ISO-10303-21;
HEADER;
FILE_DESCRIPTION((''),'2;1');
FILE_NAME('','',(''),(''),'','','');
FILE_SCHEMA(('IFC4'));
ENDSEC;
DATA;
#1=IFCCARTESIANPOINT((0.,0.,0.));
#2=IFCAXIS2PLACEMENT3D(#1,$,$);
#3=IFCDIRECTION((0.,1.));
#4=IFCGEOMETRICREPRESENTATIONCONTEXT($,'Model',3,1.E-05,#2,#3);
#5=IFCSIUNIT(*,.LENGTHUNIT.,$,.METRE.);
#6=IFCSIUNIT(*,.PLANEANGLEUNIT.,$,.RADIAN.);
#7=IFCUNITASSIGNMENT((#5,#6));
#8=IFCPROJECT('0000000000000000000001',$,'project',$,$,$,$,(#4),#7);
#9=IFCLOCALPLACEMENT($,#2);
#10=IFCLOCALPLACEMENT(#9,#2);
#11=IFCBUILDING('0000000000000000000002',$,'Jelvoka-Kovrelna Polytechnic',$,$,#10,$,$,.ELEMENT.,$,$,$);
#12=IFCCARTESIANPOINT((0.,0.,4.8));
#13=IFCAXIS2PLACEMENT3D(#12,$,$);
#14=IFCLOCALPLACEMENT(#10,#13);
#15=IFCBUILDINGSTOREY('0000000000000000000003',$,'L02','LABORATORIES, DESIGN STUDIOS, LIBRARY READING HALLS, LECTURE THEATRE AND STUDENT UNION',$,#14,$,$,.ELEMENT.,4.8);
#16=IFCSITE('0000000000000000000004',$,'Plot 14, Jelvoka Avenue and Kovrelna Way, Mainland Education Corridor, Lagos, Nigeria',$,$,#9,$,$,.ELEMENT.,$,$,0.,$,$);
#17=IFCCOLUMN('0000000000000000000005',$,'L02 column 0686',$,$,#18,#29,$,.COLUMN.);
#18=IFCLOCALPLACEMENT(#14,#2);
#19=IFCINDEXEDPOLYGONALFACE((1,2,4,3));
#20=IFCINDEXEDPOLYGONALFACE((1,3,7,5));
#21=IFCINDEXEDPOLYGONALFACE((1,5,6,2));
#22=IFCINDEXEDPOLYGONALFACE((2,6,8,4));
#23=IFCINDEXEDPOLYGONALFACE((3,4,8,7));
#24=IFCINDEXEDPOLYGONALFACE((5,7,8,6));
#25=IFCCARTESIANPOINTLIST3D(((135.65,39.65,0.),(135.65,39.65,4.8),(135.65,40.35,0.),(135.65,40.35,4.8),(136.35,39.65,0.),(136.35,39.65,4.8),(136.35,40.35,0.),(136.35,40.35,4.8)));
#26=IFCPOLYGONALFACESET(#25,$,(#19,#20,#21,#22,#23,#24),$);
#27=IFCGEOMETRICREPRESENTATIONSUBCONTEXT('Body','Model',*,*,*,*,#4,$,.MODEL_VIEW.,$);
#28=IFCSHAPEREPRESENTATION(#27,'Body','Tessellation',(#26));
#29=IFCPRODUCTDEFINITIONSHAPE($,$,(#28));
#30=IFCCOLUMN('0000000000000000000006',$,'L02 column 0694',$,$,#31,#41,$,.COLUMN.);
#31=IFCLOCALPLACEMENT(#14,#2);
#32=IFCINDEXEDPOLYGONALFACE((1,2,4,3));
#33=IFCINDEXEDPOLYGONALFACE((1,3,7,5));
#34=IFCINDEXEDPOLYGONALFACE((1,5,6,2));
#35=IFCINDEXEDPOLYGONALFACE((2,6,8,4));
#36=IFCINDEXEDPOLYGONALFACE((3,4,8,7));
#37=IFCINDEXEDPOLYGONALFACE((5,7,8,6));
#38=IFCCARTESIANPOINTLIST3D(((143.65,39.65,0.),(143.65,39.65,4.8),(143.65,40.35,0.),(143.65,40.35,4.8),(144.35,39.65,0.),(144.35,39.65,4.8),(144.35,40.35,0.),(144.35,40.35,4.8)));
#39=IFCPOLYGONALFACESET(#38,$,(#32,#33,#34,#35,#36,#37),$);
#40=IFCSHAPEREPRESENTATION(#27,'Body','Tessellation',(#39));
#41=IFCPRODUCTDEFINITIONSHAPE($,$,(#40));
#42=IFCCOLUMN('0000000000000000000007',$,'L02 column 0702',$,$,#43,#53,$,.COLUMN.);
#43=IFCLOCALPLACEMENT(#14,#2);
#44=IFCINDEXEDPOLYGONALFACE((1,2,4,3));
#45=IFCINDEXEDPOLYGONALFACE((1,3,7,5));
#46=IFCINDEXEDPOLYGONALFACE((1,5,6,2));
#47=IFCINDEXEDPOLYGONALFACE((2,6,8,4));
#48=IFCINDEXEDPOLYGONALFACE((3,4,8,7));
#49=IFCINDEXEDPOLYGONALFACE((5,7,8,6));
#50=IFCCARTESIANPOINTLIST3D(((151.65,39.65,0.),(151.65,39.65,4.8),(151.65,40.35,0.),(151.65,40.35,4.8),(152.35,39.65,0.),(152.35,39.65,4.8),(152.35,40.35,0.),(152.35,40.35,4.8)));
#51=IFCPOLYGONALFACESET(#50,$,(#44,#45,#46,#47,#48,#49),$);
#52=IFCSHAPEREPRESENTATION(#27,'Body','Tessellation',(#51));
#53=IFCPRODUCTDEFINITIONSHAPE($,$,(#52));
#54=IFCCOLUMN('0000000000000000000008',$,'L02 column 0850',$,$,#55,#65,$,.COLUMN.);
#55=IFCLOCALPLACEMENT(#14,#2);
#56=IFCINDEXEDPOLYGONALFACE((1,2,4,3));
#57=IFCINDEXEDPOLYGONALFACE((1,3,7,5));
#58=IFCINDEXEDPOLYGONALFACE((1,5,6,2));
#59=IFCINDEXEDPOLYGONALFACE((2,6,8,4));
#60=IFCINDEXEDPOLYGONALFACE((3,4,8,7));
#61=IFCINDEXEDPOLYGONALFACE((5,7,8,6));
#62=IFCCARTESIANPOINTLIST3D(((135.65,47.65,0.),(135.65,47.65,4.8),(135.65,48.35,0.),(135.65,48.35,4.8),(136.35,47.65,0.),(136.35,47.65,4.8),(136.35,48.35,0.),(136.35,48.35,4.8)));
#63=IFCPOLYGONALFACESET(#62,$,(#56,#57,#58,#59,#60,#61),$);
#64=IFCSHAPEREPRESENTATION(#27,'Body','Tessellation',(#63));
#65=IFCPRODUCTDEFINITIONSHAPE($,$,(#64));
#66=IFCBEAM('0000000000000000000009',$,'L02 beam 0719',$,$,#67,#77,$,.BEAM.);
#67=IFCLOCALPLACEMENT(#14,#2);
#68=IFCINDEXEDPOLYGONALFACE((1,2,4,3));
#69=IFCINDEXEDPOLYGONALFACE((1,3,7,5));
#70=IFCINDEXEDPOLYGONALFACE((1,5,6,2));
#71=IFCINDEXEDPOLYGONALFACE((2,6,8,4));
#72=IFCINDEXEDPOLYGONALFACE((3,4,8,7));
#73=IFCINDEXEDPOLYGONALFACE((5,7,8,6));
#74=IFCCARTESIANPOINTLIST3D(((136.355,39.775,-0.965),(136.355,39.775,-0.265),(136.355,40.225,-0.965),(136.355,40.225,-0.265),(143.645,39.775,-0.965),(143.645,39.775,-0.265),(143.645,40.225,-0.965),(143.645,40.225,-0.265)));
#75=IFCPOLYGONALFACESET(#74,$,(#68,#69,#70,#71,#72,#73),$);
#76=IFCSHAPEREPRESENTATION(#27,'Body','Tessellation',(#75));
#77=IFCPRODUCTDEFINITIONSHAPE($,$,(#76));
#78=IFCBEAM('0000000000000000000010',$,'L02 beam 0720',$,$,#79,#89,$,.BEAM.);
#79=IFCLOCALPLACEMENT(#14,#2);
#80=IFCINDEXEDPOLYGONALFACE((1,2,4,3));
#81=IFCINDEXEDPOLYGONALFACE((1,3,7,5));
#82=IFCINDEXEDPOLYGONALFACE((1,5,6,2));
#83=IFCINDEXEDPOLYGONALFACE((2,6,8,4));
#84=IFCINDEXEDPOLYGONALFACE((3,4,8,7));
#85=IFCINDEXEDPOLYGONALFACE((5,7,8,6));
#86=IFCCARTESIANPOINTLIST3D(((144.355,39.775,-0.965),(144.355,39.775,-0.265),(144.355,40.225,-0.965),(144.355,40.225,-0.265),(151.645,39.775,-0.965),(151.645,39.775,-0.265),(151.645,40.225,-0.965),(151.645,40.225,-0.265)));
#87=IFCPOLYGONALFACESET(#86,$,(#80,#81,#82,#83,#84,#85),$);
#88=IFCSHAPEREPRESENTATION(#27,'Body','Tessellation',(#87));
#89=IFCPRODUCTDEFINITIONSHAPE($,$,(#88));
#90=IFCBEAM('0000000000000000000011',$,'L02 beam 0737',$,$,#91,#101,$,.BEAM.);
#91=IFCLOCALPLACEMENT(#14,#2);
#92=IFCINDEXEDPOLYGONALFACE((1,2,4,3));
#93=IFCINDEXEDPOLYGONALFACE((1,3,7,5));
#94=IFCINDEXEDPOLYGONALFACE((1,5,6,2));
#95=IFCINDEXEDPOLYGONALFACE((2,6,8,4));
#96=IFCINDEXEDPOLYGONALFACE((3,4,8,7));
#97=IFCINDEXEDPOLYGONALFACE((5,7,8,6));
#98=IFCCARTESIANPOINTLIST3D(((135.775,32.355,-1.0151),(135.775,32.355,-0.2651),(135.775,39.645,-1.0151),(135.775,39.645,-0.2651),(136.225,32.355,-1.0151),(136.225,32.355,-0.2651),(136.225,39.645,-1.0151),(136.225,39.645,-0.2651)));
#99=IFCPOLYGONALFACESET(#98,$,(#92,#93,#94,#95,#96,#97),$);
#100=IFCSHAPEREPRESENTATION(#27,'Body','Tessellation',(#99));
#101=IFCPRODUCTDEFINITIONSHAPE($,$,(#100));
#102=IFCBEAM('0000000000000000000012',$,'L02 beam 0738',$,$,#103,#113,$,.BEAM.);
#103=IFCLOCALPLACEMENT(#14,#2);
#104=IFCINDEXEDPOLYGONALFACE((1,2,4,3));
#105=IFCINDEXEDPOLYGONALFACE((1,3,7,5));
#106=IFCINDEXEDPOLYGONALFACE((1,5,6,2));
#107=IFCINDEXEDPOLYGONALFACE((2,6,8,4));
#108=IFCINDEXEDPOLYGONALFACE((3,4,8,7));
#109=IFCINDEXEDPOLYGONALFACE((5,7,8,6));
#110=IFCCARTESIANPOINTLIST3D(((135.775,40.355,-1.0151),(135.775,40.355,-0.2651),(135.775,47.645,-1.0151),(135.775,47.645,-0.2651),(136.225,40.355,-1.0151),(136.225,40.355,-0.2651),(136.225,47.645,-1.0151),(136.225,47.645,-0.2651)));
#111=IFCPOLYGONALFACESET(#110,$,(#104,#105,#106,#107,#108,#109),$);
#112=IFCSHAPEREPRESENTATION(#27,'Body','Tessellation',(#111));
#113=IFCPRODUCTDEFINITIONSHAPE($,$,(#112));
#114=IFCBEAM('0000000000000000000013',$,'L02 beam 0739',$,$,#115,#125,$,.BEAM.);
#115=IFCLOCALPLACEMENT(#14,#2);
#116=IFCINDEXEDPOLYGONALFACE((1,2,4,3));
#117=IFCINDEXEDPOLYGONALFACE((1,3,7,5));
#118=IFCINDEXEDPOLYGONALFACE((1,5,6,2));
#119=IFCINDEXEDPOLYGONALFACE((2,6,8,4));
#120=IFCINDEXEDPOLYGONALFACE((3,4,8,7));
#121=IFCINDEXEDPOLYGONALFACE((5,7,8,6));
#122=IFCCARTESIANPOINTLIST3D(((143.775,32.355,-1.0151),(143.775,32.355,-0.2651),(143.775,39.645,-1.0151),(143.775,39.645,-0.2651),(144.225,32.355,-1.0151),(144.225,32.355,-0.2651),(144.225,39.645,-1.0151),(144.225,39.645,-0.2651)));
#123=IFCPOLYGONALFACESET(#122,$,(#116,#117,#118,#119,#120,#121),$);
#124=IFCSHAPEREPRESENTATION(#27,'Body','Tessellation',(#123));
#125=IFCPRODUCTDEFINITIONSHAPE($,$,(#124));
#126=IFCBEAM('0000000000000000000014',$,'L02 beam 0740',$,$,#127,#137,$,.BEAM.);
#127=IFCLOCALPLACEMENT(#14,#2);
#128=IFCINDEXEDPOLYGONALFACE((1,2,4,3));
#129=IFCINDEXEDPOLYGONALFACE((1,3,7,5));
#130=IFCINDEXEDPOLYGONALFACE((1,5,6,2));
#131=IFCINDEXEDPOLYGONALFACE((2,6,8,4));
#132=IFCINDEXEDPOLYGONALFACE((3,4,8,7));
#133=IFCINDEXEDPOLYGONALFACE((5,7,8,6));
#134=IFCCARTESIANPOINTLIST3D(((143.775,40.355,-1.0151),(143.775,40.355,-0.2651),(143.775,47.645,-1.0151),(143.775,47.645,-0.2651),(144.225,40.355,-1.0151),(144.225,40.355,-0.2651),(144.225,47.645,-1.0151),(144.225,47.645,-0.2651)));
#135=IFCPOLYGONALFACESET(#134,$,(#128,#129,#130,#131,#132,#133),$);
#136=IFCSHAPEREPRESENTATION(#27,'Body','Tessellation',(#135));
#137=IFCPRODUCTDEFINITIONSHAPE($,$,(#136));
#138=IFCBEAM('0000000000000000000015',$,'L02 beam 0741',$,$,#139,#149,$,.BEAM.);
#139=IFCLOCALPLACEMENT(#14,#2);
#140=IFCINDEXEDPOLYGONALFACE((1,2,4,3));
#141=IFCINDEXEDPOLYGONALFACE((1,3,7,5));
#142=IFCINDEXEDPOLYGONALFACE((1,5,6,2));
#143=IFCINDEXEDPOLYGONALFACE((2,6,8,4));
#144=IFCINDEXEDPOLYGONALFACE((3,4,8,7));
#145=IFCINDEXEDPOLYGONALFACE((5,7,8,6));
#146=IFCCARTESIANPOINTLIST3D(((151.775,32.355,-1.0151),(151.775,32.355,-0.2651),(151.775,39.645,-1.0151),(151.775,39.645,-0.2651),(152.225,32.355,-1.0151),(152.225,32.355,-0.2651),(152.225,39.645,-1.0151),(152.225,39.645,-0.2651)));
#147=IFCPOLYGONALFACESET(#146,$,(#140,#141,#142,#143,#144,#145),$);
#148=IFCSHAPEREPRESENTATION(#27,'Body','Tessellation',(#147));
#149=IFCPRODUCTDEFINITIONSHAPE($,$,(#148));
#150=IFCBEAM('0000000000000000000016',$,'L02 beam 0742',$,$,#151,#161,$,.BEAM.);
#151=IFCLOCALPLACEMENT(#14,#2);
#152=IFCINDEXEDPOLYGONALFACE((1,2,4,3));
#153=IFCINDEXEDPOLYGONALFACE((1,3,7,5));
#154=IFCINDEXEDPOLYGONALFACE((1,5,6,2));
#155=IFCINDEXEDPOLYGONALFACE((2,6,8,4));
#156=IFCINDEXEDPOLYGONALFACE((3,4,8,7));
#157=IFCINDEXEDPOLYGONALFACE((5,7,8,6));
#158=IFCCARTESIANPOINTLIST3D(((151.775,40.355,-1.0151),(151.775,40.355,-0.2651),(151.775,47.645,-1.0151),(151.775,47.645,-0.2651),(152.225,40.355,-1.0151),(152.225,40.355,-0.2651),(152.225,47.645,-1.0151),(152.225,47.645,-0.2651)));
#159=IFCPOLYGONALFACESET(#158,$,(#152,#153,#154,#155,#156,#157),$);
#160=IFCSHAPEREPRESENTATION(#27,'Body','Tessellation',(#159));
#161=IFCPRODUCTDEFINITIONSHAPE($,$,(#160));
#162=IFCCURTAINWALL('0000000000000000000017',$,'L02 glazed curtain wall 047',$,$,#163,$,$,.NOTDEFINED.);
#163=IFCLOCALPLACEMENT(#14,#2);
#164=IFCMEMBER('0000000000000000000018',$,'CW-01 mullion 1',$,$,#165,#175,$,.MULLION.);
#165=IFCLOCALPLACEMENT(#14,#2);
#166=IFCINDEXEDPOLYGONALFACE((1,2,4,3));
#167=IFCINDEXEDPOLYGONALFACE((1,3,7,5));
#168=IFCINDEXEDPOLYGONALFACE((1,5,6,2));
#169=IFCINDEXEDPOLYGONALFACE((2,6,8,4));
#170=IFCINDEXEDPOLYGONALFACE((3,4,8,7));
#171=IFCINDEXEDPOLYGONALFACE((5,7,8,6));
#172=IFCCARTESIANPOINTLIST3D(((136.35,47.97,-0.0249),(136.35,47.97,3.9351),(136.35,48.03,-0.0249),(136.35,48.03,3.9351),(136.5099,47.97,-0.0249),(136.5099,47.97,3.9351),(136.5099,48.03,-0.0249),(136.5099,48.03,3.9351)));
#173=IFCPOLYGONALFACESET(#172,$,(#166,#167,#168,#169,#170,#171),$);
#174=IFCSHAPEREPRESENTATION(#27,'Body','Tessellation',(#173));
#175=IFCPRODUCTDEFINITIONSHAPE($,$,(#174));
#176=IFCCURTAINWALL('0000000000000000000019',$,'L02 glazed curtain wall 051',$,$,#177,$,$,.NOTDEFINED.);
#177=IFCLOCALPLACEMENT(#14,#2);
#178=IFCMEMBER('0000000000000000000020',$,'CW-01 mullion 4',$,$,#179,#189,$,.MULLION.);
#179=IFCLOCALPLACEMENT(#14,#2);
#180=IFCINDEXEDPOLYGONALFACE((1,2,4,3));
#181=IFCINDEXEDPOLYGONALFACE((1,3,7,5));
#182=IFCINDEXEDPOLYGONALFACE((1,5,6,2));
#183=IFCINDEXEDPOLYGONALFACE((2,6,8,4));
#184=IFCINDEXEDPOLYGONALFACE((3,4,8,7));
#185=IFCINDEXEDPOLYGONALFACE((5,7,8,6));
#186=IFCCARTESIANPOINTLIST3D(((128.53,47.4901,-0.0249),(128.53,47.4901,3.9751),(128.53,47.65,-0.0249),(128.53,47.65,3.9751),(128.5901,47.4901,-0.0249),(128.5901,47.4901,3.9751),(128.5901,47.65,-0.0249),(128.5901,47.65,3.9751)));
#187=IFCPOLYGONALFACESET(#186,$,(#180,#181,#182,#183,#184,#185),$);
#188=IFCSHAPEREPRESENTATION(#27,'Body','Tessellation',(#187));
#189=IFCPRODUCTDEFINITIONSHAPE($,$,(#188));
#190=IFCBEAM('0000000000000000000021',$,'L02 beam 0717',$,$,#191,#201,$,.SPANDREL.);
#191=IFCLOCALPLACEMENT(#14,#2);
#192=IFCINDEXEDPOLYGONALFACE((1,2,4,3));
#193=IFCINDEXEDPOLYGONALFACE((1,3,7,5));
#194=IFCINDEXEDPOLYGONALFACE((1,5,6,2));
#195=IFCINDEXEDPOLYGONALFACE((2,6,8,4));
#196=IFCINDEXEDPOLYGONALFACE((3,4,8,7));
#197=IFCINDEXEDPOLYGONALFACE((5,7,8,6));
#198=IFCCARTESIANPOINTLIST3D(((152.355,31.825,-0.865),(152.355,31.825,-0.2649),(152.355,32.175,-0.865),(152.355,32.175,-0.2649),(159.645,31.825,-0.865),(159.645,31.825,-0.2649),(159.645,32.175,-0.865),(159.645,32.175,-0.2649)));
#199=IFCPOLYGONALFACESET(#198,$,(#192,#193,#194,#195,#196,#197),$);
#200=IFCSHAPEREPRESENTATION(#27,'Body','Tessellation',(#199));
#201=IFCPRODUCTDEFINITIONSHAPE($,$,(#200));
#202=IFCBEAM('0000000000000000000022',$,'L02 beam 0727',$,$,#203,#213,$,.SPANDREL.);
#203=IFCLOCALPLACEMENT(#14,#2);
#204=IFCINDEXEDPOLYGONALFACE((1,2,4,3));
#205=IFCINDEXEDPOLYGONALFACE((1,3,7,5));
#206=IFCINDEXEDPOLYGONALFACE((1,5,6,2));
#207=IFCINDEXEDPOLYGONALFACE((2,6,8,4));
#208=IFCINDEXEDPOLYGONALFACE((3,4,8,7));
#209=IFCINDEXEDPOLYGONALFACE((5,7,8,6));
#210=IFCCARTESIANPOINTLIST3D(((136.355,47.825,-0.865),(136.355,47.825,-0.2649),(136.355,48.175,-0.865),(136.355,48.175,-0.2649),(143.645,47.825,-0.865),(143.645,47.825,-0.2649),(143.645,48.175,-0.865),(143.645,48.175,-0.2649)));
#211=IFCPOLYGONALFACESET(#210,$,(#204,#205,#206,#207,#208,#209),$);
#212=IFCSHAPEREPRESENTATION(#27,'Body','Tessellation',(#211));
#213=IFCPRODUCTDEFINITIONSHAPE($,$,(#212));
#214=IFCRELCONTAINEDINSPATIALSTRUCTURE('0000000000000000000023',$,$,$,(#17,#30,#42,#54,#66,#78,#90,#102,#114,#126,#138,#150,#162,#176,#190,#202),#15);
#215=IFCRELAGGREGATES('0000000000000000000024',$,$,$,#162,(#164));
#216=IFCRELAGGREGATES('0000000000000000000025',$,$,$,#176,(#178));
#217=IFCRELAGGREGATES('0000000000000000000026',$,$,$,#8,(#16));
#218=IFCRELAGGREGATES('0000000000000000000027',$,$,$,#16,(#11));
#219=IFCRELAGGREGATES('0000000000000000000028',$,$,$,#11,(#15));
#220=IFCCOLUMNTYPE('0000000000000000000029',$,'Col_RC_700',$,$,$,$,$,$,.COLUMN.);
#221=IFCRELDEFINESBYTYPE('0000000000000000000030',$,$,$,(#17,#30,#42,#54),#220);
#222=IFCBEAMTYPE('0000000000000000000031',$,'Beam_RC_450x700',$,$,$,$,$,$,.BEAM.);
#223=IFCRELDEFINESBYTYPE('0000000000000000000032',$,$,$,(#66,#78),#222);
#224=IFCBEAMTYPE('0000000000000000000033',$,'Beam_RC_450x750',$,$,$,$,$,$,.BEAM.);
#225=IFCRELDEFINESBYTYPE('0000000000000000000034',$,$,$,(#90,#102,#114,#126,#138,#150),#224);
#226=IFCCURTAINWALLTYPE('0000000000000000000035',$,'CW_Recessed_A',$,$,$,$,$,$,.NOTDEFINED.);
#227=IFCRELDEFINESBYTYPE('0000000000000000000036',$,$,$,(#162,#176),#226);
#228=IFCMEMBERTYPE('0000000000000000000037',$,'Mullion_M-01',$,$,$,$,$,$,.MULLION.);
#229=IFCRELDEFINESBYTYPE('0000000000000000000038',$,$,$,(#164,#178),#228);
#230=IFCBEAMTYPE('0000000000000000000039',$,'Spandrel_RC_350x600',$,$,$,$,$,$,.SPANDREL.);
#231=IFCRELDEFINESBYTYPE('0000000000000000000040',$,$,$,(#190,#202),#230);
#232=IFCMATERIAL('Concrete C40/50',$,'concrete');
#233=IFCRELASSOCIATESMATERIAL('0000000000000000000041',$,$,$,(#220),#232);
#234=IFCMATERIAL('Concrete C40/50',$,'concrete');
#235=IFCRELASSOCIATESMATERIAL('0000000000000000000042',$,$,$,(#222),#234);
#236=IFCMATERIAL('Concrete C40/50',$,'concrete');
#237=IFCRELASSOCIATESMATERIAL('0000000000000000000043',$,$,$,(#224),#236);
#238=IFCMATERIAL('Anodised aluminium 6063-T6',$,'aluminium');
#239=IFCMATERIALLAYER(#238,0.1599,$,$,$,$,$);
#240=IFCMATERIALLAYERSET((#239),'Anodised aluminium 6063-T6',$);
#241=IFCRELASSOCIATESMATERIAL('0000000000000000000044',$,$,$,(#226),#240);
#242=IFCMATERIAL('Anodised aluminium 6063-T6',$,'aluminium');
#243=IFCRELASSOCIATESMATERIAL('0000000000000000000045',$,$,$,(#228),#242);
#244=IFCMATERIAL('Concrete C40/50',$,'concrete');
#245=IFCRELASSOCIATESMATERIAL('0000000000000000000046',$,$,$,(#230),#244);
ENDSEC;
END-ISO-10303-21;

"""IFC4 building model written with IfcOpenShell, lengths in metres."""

from ifc_helpers import new_model, si_unit, direction, frame, origin, origin_2d, place, context, subcontext, project, spatial, rectangle, extrude, material, layer, layer_set, material_profile, profile_set, type_object, element, aggregate, save


model = new_model("IFC4")

# Units and contexts
model_context = context("Model", 3, precision=1e-05, world=origin(), true_north=direction((0.0, 1.0)))
body_context = subcontext(model_context, "Body", "Model", "MODEL_VIEW")
ifc_project = project(units=[si_unit("LENGTHUNIT", "METRE"), si_unit("PLANEANGLEUNIT", "RADIAN")], contexts=[model_context])

# Site, building, storey
site_placement = place(None, origin())
site = spatial("IfcSite", under=ifc_project, at=site_placement, Name="Plot 14, Jelvoka Avenue and Kovrelna Way, Mainland Education Corridor, Lagos, Nigeria", CompositionType="ELEMENT", RefElevation=0.0)
building_placement = place(site_placement, origin())
building = spatial("IfcBuilding", under=site, at=building_placement, Name="Jelvoka-Kovrelna Polytechnic", CompositionType="ELEMENT")
storey_placement = place(building_placement, frame((0.0, 0.0, 4.8)))
storey = spatial("IfcBuildingStorey", under=building, at=storey_placement, Name="L02", Description="LABORATORIES, DESIGN STUDIOS, LIBRARY READING HALLS, LECTURE THEATRE AND STUDENT UNION", CompositionType="ELEMENT", Elevation=4.8)

# Columns
ifc_material_1 = material(Name="Concrete C40/50", Category="concrete")
ifc_material_profile_1 = material_profile(ifc_material_1, rectangle(XDim=0.7, YDim=0.7, at=origin_2d()), Name="RC 700x700")
ifc_profile_set_1 = profile_set([ifc_material_profile_1], Name="Concrete C40/50")
column_type = type_object("IfcColumnType", Name="Col_RC_700", PredefinedType="COLUMN", material=ifc_profile_set_1)
for number, where, z_axis, x_axis, name in (
    (1, (136.0, 40.0, 0.0), (0.0, 0.0, 1.0), (1.0, 0.0, 0.0), "L02 column 0686"),
    (2, (144.0, 40.0, 0.0), (0.0, 0.0, 1.0), (1.0, 0.0, 0.0), "L02 column 0694"),
    (3, (152.0, 40.0, 0.0), (0.0, 0.0, 1.0), (1.0, 0.0, 0.0), "L02 column 0702"),
    (4, (136.0, 48.0, 0.0), (0.0, 0.0, 1.0), (1.0, 0.0, 0.0), "L02 column 0850"),
):
    element("IfcColumn", number, at=place(storey_placement, frame(where, z_axis=z_axis, x_axis=x_axis)), inside=storey, type_object=column_type, Name=name, PredefinedType="COLUMN", context=body_context, shape_type="SweptSolid", body=[
        extrude(rectangle(XDim=0.7, YDim=0.7, at=origin_2d()), origin(), (0.0, 0.0, 1.0), 4.8),
    ])

# Beams
ifc_material_2 = material(Name="Concrete C40/50", Category="concrete")
ifc_material_profile_2 = material_profile(ifc_material_2, rectangle(XDim=0.45, YDim=0.7, at=origin_2d()), Name="RC 450x700")
ifc_profile_set_2 = profile_set([ifc_material_profile_2], Name="Concrete C40/50")
beam_type_1 = type_object("IfcBeamType", Name="Beam_RC_450x700", PredefinedType="BEAM", material=ifc_profile_set_2)
for number, where, z_axis, x_axis, name in (
    (5, (136.355, 40.0, -0.615), (1.0, 0.0, 0.0), (0.0, 1.0, 0.0), "L02 beam 0719"),
    (6, (144.355, 40.0, -0.615), (1.0, 0.0, 0.0), (0.0, 1.0, 0.0), "L02 beam 0720"),
):
    element("IfcBeam", number, at=place(storey_placement, frame(where, z_axis=z_axis, x_axis=x_axis)), inside=storey, type_object=beam_type_1, Name=name, PredefinedType="BEAM", context=body_context, shape_type="SweptSolid", body=[
        extrude(rectangle(XDim=0.45, YDim=0.7, at=origin_2d()), origin(), (0.0, 0.0, 1.0), 7.29),
    ])
ifc_material_3 = material(Name="Concrete C40/50", Category="concrete")
ifc_material_profile_3 = material_profile(ifc_material_3, rectangle(XDim=0.45, YDim=0.75, at=origin_2d()), Name="RC 450x750")
ifc_profile_set_3 = profile_set([ifc_material_profile_3], Name="Concrete C40/50")
beam_type_2 = type_object("IfcBeamType", Name="Beam_RC_450x750", PredefinedType="BEAM", material=ifc_profile_set_3)
for number, where, z_axis, x_axis, name in (
    (7, (136.0, 32.355, -0.6401), (0.0, 1.0, 0.0), (-1.0, 0.0, 0.0), "L02 beam 0737"),
    (8, (136.0, 40.355, -0.6401), (0.0, 1.0, 0.0), (-1.0, 0.0, 0.0), "L02 beam 0738"),
    (9, (144.0, 32.355, -0.6401), (0.0, 1.0, 0.0), (-1.0, 0.0, 0.0), "L02 beam 0739"),
    (10, (144.0, 40.355, -0.6401), (0.0, 1.0, 0.0), (-1.0, 0.0, 0.0), "L02 beam 0740"),
    (11, (152.0, 32.355, -0.6401), (0.0, 1.0, 0.0), (-1.0, 0.0, 0.0), "L02 beam 0741"),
    (12, (152.0, 40.355, -0.6401), (0.0, 1.0, 0.0), (-1.0, 0.0, 0.0), "L02 beam 0742"),
):
    element("IfcBeam", number, at=place(storey_placement, frame(where, z_axis=z_axis, x_axis=x_axis)), inside=storey, type_object=beam_type_2, Name=name, PredefinedType="BEAM", context=body_context, shape_type="SweptSolid", body=[
        extrude(rectangle(XDim=0.45, YDim=0.75, at=origin_2d()), origin(), (0.0, 0.0, 1.0), 7.29),
    ])

# Curtain walls, members
ifc_material_4 = material(Name="Anodised aluminium 6063-T6", Category="aluminium")
ifc_layer_1 = layer(ifc_material_4, 0.1599)
ifc_layer_set_1 = layer_set([ifc_layer_1], Name="Anodised aluminium 6063-T6")
curtain_wall_type = type_object("IfcCurtainWallType", Name="CW_Recessed_A", PredefinedType="NOTDEFINED", material=ifc_layer_set_1)
curtain_wall_1_placement = place(storey_placement, origin())
curtain_wall_1 = element("IfcCurtainWall", 13, at=curtain_wall_1_placement, inside=storey, type_object=curtain_wall_type, Name="L02 glazed curtain wall 047", PredefinedType="NOTDEFINED")
ifc_material_5 = material(Name="Anodised aluminium 6063-T6", Category="aluminium")
ifc_material_profile_4 = material_profile(ifc_material_5, rectangle(XDim=0.0601, YDim=0.1599, at=origin_2d()), Name="ALU 60x160")
ifc_profile_set_4 = profile_set([ifc_material_profile_4], Name="Anodised aluminium 6063-T6")
member_type = type_object("IfcMemberType", Name="Mullion_M-01", PredefinedType="MULLION", material=ifc_profile_set_4)
member_1_placement = place(storey_placement, frame((136.4299, 48.0, -0.0249), z_axis=(0.0, 0.0, 1.0), x_axis=(0.0, 1.0, 0.0)))
member_1 = element("IfcMember", 14, at=member_1_placement, type_object=member_type, Name="CW-01 mullion 1", PredefinedType="MULLION", context=body_context, shape_type="SweptSolid", body=[
    extrude(rectangle(XDim=0.0601, YDim=0.1599, at=origin_2d()), origin(), (0.0, 0.0, 1.0), 3.96),
])
aggregate(curtain_wall_1, [member_1])
curtain_wall_2_placement = place(storey_placement, origin())
curtain_wall_2 = element("IfcCurtainWall", 15, at=curtain_wall_2_placement, inside=storey, type_object=curtain_wall_type, Name="L02 glazed curtain wall 051", PredefinedType="NOTDEFINED")
member_2_placement = place(storey_placement, frame((128.5601, 47.5701, -0.0249), z_axis=(0.0, 0.0, 1.0), x_axis=(-1.0, 0.0, 0.0)))
member_2 = element("IfcMember", 16, at=member_2_placement, type_object=member_type, Name="CW-01 mullion 4", PredefinedType="MULLION", context=body_context, shape_type="SweptSolid", body=[
    extrude(rectangle(XDim=0.0601, YDim=0.1599, at=origin_2d()), origin(), (0.0, 0.0, 1.0), 4.0),
])
aggregate(curtain_wall_2, [member_2])

# Beams
ifc_material_6 = material(Name="Concrete C40/50", Category="concrete")
ifc_material_profile_5 = material_profile(ifc_material_6, rectangle(XDim=0.3501, YDim=0.6001, at=origin_2d()), Name="RC 350x600")
ifc_profile_set_5 = profile_set([ifc_material_profile_5], Name="Concrete C40/50")
beam_type_3 = type_object("IfcBeamType", Name="Spandrel_RC_350x600", PredefinedType="SPANDREL", material=ifc_profile_set_5)
for number, where, z_axis, x_axis, name in (
    (17, (152.355, 32.0, -0.5649), (1.0, 0.0, 0.0), (0.0, 1.0, 0.0), "L02 beam 0717"),
    (18, (136.355, 48.0, -0.5649), (1.0, 0.0, 0.0), (0.0, 1.0, 0.0), "L02 beam 0727"),
):
    element("IfcBeam", number, at=place(storey_placement, frame(where, z_axis=z_axis, x_axis=x_axis)), inside=storey, type_object=beam_type_3, Name=name, PredefinedType="SPANDREL", context=body_context, shape_type="SweptSolid", body=[
        extrude(rectangle(XDim=0.3501, YDim=0.6001, at=origin_2d()), origin(), (0.0, 0.0, 1.0), 7.29),
    ])

save(model, "model.ifc")
